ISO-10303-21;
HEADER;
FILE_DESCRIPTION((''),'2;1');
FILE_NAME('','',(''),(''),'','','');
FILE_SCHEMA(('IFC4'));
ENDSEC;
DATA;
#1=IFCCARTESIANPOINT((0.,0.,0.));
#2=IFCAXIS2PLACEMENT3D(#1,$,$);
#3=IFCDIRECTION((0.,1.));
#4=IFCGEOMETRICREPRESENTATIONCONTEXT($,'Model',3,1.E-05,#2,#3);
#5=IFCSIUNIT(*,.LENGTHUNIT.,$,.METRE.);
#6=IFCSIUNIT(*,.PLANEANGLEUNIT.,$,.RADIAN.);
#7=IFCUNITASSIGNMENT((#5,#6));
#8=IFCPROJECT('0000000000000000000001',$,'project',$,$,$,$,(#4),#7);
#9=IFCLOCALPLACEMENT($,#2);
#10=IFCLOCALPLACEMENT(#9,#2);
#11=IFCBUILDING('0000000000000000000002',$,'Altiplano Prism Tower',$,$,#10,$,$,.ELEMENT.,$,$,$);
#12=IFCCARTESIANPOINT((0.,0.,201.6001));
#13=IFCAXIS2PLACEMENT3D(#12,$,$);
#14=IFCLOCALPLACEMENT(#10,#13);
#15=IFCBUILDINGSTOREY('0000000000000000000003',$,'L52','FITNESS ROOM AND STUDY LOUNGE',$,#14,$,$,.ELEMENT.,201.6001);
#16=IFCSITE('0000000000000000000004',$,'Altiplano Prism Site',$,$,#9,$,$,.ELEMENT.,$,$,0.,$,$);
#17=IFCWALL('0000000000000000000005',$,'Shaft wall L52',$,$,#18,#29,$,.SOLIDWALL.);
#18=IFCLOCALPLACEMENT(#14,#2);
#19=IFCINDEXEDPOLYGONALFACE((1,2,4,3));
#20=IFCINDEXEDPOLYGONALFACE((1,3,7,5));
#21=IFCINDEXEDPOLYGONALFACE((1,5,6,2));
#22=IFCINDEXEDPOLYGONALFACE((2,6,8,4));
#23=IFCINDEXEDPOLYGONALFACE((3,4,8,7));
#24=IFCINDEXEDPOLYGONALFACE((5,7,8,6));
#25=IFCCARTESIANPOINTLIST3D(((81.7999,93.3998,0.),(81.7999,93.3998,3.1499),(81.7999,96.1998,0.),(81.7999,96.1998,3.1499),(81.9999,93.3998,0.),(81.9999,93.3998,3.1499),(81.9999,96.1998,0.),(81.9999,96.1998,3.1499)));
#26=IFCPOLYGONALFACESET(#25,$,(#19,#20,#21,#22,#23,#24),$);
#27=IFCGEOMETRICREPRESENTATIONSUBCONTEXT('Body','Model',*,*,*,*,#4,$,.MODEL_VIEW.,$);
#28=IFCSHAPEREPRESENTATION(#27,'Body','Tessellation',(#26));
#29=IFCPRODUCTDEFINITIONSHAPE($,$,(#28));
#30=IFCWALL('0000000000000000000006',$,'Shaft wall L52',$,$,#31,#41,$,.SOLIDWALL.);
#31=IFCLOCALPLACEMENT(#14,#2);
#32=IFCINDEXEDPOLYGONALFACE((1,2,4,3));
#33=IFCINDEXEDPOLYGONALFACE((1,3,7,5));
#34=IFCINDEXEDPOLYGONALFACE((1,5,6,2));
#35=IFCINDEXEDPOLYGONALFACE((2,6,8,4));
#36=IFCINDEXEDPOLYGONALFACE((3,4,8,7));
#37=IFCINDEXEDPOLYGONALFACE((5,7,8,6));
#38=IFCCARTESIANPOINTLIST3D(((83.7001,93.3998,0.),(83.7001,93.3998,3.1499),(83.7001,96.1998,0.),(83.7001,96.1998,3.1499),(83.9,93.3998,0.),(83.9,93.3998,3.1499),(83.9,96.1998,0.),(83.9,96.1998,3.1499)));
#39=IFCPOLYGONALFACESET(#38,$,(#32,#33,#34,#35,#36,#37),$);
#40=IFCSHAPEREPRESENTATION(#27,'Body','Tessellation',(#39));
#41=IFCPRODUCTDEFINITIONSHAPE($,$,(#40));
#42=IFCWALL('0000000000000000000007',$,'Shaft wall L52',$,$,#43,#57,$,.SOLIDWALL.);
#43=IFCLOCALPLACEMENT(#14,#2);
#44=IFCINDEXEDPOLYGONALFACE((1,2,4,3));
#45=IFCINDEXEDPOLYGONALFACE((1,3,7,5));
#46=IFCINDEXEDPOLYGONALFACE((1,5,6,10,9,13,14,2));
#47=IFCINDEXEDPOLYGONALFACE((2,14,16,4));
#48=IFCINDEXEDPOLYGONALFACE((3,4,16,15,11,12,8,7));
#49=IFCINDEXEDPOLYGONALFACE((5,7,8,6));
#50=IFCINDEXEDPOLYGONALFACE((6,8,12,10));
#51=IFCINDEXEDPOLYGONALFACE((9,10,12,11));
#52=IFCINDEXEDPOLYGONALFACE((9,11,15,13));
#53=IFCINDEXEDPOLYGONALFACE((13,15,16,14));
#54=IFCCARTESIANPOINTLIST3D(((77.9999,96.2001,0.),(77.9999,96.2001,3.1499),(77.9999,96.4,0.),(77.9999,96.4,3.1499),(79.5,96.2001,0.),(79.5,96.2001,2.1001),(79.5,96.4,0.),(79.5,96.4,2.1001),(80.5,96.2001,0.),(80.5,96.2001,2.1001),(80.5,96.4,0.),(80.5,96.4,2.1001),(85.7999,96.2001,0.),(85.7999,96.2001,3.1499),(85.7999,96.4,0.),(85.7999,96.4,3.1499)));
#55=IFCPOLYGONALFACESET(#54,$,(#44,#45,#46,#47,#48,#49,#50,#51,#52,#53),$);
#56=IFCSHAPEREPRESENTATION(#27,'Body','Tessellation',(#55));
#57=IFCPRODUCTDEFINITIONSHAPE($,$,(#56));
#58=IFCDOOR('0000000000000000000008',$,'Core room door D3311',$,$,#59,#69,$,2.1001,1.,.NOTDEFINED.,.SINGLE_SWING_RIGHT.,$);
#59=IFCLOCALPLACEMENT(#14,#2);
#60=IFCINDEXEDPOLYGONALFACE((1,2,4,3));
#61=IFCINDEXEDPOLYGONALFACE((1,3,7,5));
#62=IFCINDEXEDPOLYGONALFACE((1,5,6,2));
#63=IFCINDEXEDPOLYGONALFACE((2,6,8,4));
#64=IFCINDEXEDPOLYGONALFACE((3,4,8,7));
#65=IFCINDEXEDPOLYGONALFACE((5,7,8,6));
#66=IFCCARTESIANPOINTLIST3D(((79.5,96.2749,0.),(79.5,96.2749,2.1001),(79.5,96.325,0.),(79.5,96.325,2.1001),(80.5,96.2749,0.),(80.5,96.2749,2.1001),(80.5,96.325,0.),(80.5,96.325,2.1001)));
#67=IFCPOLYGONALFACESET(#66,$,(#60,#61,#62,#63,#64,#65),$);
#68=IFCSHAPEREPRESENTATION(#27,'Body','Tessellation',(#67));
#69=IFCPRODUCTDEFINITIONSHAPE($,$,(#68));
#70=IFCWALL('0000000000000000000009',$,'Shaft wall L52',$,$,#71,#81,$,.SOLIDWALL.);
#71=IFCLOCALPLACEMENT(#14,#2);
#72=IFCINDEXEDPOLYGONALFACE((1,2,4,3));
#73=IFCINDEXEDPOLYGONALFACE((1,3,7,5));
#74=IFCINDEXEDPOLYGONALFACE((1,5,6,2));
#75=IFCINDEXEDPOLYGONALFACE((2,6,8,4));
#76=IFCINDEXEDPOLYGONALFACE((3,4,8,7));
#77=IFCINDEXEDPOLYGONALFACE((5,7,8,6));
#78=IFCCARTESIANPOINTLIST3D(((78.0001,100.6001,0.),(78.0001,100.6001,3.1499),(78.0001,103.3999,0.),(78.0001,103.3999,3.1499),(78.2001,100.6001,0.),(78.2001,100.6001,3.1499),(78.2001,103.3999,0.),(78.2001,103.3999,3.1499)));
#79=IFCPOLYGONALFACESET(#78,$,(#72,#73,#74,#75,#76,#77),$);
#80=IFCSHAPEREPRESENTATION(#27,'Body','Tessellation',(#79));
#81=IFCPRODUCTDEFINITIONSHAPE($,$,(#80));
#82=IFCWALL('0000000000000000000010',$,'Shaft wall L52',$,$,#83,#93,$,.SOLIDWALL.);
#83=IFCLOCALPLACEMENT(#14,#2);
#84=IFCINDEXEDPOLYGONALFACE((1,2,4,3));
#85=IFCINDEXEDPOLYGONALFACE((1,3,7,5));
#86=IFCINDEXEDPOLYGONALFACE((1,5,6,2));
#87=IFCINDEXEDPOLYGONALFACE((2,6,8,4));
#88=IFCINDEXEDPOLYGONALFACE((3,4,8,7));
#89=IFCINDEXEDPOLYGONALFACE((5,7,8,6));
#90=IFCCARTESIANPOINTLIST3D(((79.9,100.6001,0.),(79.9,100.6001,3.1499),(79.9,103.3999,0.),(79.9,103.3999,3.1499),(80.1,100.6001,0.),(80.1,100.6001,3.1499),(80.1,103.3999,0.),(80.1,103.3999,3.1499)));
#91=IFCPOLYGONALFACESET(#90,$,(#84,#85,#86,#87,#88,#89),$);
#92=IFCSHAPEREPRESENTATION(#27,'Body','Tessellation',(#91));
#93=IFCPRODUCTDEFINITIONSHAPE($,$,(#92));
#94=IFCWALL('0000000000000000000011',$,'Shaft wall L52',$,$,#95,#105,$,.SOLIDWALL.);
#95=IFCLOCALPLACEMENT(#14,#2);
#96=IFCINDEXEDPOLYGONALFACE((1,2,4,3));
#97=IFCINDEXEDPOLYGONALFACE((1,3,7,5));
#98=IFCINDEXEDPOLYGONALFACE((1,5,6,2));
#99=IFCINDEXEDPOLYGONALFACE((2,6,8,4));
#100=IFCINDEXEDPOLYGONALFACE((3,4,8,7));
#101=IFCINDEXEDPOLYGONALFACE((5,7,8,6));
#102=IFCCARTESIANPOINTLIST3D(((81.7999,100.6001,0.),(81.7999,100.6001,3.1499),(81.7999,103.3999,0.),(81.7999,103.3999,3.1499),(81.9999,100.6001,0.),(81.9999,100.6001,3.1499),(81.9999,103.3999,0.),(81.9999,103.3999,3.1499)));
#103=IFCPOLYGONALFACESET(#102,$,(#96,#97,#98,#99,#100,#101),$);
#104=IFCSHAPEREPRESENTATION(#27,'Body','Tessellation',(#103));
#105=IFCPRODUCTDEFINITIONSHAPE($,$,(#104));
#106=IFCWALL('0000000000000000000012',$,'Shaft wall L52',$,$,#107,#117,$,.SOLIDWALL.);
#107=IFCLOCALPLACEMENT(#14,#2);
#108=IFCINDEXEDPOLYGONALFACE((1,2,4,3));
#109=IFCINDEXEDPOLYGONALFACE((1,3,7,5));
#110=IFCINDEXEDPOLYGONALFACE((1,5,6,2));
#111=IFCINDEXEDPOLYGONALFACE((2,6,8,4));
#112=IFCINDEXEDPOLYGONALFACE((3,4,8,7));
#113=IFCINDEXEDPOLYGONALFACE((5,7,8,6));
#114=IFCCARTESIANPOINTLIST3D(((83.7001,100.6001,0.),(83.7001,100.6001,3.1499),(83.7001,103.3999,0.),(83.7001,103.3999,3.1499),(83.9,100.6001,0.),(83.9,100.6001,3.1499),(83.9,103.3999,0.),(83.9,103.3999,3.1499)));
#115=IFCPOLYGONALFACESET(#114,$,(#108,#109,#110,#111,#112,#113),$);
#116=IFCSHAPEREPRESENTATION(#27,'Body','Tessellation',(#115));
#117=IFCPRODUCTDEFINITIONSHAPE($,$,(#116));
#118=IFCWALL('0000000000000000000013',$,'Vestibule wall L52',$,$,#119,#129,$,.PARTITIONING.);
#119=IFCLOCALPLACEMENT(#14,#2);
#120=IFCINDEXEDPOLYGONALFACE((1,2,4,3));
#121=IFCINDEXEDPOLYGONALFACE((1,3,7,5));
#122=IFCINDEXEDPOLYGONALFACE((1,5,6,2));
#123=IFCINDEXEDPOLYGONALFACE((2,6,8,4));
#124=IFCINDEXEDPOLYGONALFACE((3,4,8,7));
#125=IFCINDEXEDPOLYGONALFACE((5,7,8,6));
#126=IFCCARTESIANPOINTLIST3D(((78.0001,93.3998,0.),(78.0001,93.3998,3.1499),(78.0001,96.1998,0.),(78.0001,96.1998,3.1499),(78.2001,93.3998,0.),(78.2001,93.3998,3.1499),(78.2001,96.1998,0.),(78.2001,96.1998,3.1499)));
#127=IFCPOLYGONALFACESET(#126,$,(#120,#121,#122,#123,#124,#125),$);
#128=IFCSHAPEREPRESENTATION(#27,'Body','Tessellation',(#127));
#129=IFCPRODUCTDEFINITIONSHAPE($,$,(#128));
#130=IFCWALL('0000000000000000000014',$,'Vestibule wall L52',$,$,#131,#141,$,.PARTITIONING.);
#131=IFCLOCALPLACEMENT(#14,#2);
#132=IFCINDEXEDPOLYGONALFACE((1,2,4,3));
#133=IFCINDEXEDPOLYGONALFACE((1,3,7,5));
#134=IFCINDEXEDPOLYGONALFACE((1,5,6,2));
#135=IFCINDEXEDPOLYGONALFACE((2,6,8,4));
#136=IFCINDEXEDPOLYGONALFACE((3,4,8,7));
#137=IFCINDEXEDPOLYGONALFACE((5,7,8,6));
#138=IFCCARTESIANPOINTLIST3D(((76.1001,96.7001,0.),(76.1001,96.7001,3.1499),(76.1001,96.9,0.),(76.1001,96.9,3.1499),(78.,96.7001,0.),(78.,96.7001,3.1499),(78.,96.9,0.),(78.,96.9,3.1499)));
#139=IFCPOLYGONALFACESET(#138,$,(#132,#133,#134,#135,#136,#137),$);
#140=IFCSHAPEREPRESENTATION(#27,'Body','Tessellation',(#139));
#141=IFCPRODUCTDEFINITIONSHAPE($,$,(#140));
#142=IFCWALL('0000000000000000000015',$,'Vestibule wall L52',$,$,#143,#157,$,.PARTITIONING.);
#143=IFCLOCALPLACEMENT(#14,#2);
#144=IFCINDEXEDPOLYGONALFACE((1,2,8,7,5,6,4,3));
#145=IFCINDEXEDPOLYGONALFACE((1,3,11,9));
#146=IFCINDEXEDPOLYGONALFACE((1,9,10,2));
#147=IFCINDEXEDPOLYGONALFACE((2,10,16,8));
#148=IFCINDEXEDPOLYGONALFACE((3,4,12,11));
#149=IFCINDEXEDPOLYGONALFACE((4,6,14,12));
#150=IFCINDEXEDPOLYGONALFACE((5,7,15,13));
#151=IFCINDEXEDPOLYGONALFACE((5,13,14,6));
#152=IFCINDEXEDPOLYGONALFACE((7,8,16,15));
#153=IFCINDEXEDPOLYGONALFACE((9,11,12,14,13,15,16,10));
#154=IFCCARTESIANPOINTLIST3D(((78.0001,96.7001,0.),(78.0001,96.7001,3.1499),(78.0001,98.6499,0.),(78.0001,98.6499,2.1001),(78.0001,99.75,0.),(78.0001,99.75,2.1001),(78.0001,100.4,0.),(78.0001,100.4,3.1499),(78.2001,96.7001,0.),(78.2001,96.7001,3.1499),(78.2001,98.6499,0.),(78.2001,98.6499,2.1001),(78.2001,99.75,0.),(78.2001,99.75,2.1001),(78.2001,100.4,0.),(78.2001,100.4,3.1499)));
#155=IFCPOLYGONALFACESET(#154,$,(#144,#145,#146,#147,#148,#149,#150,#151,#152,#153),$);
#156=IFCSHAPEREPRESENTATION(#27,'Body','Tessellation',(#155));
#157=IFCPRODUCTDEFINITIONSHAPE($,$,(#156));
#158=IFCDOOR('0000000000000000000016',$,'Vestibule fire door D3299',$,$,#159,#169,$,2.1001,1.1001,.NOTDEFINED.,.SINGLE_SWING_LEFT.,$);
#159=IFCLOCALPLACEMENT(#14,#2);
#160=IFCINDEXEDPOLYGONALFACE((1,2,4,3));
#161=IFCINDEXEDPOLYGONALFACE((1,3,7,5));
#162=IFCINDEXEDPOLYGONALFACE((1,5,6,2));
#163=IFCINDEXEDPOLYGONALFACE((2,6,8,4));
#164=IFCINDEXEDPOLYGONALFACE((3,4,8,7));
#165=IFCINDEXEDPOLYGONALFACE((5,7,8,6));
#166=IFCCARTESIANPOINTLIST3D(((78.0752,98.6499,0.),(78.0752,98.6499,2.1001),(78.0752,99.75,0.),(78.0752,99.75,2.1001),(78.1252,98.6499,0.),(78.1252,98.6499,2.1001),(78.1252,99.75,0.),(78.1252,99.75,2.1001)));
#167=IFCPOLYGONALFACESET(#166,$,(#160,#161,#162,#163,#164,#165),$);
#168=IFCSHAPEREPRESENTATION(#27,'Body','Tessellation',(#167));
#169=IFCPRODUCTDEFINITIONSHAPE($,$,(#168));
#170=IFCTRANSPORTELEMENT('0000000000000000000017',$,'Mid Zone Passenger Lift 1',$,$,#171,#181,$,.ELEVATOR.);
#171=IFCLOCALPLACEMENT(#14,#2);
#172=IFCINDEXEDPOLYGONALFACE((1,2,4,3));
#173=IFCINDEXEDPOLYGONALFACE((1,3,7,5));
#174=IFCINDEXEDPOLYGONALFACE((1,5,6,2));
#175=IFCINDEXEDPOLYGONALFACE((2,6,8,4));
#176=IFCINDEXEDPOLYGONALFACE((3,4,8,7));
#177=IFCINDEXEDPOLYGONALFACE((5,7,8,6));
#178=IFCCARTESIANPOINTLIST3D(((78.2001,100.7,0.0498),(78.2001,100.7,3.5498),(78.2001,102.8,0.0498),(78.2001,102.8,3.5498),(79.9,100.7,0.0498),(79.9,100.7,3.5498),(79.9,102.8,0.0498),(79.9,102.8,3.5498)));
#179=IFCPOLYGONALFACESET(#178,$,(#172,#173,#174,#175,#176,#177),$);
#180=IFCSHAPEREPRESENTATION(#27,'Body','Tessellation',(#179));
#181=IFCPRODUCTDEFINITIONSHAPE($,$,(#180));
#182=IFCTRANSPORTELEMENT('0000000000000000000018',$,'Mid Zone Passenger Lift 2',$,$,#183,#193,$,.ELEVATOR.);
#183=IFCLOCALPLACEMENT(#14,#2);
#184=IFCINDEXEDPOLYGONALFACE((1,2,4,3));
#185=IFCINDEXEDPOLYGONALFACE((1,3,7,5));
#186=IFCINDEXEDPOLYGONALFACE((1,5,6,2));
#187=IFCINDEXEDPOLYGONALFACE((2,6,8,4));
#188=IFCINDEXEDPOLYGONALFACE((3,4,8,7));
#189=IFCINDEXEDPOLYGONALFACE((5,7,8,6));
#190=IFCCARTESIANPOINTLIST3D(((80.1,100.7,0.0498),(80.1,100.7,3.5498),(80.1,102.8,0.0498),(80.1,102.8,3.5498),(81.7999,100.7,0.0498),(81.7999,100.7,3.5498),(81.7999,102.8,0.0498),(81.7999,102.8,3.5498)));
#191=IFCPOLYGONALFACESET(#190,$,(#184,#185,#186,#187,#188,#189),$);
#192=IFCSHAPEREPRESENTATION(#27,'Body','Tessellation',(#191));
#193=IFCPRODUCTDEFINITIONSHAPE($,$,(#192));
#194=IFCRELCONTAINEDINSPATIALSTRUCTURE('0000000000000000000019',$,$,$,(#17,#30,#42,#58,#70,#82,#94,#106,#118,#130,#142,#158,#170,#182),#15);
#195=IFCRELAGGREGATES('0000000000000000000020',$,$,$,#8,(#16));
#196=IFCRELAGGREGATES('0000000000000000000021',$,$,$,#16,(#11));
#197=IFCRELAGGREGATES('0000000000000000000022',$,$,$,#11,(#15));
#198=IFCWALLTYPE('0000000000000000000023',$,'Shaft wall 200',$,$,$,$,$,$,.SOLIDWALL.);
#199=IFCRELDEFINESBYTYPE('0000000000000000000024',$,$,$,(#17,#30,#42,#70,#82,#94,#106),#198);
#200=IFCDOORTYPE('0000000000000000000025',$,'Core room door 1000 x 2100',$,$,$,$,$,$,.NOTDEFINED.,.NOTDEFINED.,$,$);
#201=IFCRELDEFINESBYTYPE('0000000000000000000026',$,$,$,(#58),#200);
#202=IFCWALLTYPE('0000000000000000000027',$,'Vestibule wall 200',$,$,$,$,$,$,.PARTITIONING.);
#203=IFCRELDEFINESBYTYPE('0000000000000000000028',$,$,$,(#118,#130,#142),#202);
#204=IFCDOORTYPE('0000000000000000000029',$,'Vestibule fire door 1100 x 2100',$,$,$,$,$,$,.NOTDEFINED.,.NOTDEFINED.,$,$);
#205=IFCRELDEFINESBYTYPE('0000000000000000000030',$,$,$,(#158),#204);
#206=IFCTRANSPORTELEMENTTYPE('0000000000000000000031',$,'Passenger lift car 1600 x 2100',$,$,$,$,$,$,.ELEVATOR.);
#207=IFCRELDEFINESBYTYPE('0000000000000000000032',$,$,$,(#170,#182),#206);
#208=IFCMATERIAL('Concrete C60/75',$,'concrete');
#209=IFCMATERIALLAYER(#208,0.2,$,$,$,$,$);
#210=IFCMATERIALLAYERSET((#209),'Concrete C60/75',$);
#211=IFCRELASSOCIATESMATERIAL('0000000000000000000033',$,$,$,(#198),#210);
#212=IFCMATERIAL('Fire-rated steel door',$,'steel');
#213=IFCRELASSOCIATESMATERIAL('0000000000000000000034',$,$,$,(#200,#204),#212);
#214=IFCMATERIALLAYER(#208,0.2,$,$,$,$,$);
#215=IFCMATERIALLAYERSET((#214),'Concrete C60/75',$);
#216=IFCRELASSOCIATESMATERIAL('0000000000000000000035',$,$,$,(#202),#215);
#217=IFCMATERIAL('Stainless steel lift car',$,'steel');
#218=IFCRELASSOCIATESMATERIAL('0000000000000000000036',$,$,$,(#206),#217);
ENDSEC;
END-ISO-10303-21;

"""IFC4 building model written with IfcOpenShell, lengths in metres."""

from ifc_helpers import new_model, si_unit, direction, frame, frame_2d, origin, origin_2d, place, context, subcontext, project, spatial, rectangle, extrude, material, layer, layer_set, type_object, element, fill, save


model = new_model("IFC4")

# Units and contexts
model_context = context("Model", 3, precision=1e-05, world=origin(), true_north=direction((0.0, 1.0)))
body_context = subcontext(model_context, "Body", "Model", "MODEL_VIEW")
ifc_project = project(units=[si_unit("LENGTHUNIT", "METRE"), si_unit("PLANEANGLEUNIT", "RADIAN")], contexts=[model_context])

# Site, building, storey
site_placement = place(None, origin())
site = spatial("IfcSite", under=ifc_project, at=site_placement, Name="Altiplano Prism Site", CompositionType="ELEMENT", RefElevation=0.0)
building_placement = place(site_placement, origin())
building = spatial("IfcBuilding", under=site, at=building_placement, Name="Altiplano Prism Tower", CompositionType="ELEMENT")
storey_placement = place(building_placement, frame((0.0, 0.0, 201.6001)))
storey = spatial("IfcBuildingStorey", under=building, at=storey_placement, Name="L52", Description="FITNESS ROOM AND STUDY LOUNGE", CompositionType="ELEMENT", Elevation=201.6001)

# Walls
ifc_material_1 = material(Name="Concrete C60/75", Category="concrete")
ifc_layer_1 = layer(ifc_material_1, 0.2)
ifc_layer_set_1 = layer_set([ifc_layer_1], Name="Concrete C60/75")
wall_type_1 = type_object("IfcWallType", Name="Shaft wall 200", PredefinedType="SOLIDWALL", material=ifc_layer_set_1)
for number, where, z_axis, x_axis, name in (
    (1, (81.8999, 93.3999, 0.0), (0.0, 0.0, 1.0), (0.0, 1.0, 0.0), "Shaft wall L52"),
    (2, (83.8, 93.3999, 0.0), (0.0, 0.0, 1.0), (0.0, 1.0, 0.0), "Shaft wall L52"),
):
    element("IfcWall", number, at=place(storey_placement, frame(where, z_axis=z_axis, x_axis=x_axis)), inside=storey, type_object=wall_type_1, Name=name, PredefinedType="SOLIDWALL", context=body_context, shape_type="SweptSolid", body=[
        extrude(rectangle(XDim=2.8, YDim=0.2, at=frame_2d((1.3999, 0.0))), origin(), (0.0, 0.0, 1.0), 3.1499),
    ])

# Wall, opening, door
wall_1_placement = place(storey_placement, frame((78.0, 96.3, 0.0), z_axis=(0.0, 0.0, 1.0), x_axis=(1.0, 0.0, 0.0)))
wall_1 = element("IfcWall", 3, at=wall_1_placement, inside=storey, type_object=wall_type_1, Name="Shaft wall L52", PredefinedType="SOLIDWALL", context=body_context, shape_type="SweptSolid", body=[
    extrude(rectangle(XDim=7.8, YDim=0.2, at=frame_2d((3.8999, 0.0))), origin(), (0.0, 0.0, 1.0), 3.1499),
])
opening_1_placement = place(wall_1_placement, frame((1.5, 0.0, 0.0)))
opening_1 = element("IfcOpeningElement", 4, at=opening_1_placement, cuts=wall_1, PredefinedType="OPENING", context=body_context, shape_type="SweptSolid", body=[
    extrude(rectangle(XDim=1.0, YDim=2.1001, at=frame_2d((0.5, 1.05))), frame((0.0, 0.1104, 0.0), z_axis=(0.0, -1.0, 0.0), x_axis=(1.0, 0.0, 0.0)), (0.0, 0.0, 1.0), 0.2209),
])
ifc_material_2 = material(Name="Fire-rated steel door", Category="steel")
door_type_1 = type_object("IfcDoorType", Name="Core room door 1000 x 2100", OperationType="NOTDEFINED", PredefinedType="NOTDEFINED", material=ifc_material_2)
door_1_placement = place(opening_1_placement, origin())
door_1 = element("IfcDoor", 5, at=door_1_placement, inside=storey, type_object=door_type_1, Name="Core room door D3311", OperationType="SINGLE_SWING_RIGHT", OverallHeight=2.1001, OverallWidth=1.0, PredefinedType="NOTDEFINED", context=body_context, shape_type="SweptSolid", body=[
    extrude(rectangle(XDim=1.0, YDim=2.1001, at=frame_2d((0.5, 1.05))), frame((0.0, 0.0249, 0.0), z_axis=(0.0, -1.0, 0.0), x_axis=(1.0, 0.0, 0.0)), (0.0, 0.0, 1.0), 0.05),
])
fill(opening_1, door_1)

# Walls
for number, where, z_axis, x_axis, name in (
    (6, (78.1001, 100.6001, 0.0), (0.0, 0.0, 1.0), (0.0, 1.0, 0.0), "Shaft wall L52"),
    (7, (80.0, 100.6001, 0.0), (0.0, 0.0, 1.0), (0.0, 1.0, 0.0), "Shaft wall L52"),
    (8, (81.8999, 100.6001, 0.0), (0.0, 0.0, 1.0), (0.0, 1.0, 0.0), "Shaft wall L52"),
    (9, (83.8, 100.6001, 0.0), (0.0, 0.0, 1.0), (0.0, 1.0, 0.0), "Shaft wall L52"),
):
    element("IfcWall", number, at=place(storey_placement, frame(where, z_axis=z_axis, x_axis=x_axis)), inside=storey, type_object=wall_type_1, Name=name, PredefinedType="SOLIDWALL", context=body_context, shape_type="SweptSolid", body=[
        extrude(rectangle(XDim=2.7998, YDim=0.2, at=frame_2d((1.3999, 0.0))), origin(), (0.0, 0.0, 1.0), 3.1499),
    ])
ifc_layer_2 = layer(ifc_material_1, 0.2)
ifc_layer_set_2 = layer_set([ifc_layer_2], Name="Concrete C60/75")
wall_type_2 = type_object("IfcWallType", Name="Vestibule wall 200", PredefinedType="PARTITIONING", material=ifc_layer_set_2)
wall_2_placement = place(storey_placement, frame((78.1001, 93.3999, 0.0), z_axis=(0.0, 0.0, 1.0), x_axis=(0.0, 1.0, 0.0)))
element("IfcWall", 10, at=wall_2_placement, inside=storey, type_object=wall_type_2, Name="Vestibule wall L52", PredefinedType="PARTITIONING", context=body_context, shape_type="SweptSolid", body=[
    extrude(rectangle(XDim=2.8, YDim=0.2, at=frame_2d((1.3999, 0.0))), origin(), (0.0, 0.0, 1.0), 3.1499),
])
wall_3_placement = place(storey_placement, frame((76.1001, 96.8, 0.0), z_axis=(0.0, 0.0, 1.0), x_axis=(1.0, 0.0, 0.0)))
element("IfcWall", 11, at=wall_3_placement, inside=storey, type_object=wall_type_2, Name="Vestibule wall L52", PredefinedType="PARTITIONING", context=body_context, shape_type="SweptSolid", body=[
    extrude(rectangle(XDim=1.8999, YDim=0.2, at=frame_2d((0.95, 0.0))), origin(), (0.0, 0.0, 1.0), 3.1499),
])

# Wall, opening, door
wall_4_placement = place(storey_placement, frame((78.1001, 96.7, 0.0), z_axis=(0.0, 0.0, 1.0), x_axis=(0.0, 1.0, 0.0)))
wall_4 = element("IfcWall", 12, at=wall_4_placement, inside=storey, type_object=wall_type_2, Name="Vestibule wall L52", PredefinedType="PARTITIONING", context=body_context, shape_type="SweptSolid", body=[
    extrude(rectangle(XDim=3.7, YDim=0.2, at=frame_2d((1.8501, 0.0))), origin(), (0.0, 0.0, 1.0), 3.1499),
])
opening_2_placement = place(wall_4_placement, frame((1.95, 0.0, 0.0)))
opening_2 = element("IfcOpeningElement", 13, at=opening_2_placement, cuts=wall_4, PredefinedType="OPENING", context=body_context, shape_type="SweptSolid", body=[
    extrude(rectangle(XDim=1.1001, YDim=2.1001, at=frame_2d((0.55, 1.05))), frame((0.0, 0.1104, 0.0), z_axis=(0.0, -1.0, 0.0), x_axis=(1.0, 0.0, 0.0)), (0.0, 0.0, 1.0), 0.2209),
])
door_type_2 = type_object("IfcDoorType", Name="Vestibule fire door 1100 x 2100", OperationType="NOTDEFINED", PredefinedType="NOTDEFINED", material=ifc_material_2)
door_2_placement = place(opening_2_placement, origin())
door_2 = element("IfcDoor", 14, at=door_2_placement, inside=storey, type_object=door_type_2, Name="Vestibule fire door D3299", OperationType="SINGLE_SWING_LEFT", OverallHeight=2.1001, OverallWidth=1.1001, PredefinedType="NOTDEFINED", context=body_context, shape_type="SweptSolid", body=[
    extrude(rectangle(XDim=1.1001, YDim=2.1001, at=frame_2d((0.55, 1.05))), frame((0.0, 0.0249, 0.0), z_axis=(0.0, -1.0, 0.0), x_axis=(1.0, 0.0, 0.0)), (0.0, 0.0, 1.0), 0.05),
])
fill(opening_2, door_2)

# Transport elements
ifc_material_3 = material(Name="Stainless steel lift car", Category="steel")
transport_element_type = type_object("IfcTransportElementType", Name="Passenger lift car 1600 x 2100", PredefinedType="ELEVATOR", material=ifc_material_3)
for number, where, z_axis, x_axis, name in (
    (15, (79.05, 101.75, 0.0498), (0.0, 0.0, 1.0), (1.0, 0.0, 0.0), "Mid Zone Passenger Lift 1"),
    (16, (80.95, 101.75, 0.0498), (0.0, 0.0, 1.0), (1.0, 0.0, 0.0), "Mid Zone Passenger Lift 2"),
):
    element("IfcTransportElement", number, at=place(storey_placement, frame(where, z_axis=z_axis, x_axis=x_axis)), inside=storey, type_object=transport_element_type, Name=name, PredefinedType="ELEVATOR", context=body_context, shape_type="SweptSolid", body=[
        extrude(rectangle(XDim=1.7, YDim=2.1001, at=origin_2d()), origin(), (0.0, 0.0, 1.0), 3.5),
    ])

save(model, "model.ifc")
